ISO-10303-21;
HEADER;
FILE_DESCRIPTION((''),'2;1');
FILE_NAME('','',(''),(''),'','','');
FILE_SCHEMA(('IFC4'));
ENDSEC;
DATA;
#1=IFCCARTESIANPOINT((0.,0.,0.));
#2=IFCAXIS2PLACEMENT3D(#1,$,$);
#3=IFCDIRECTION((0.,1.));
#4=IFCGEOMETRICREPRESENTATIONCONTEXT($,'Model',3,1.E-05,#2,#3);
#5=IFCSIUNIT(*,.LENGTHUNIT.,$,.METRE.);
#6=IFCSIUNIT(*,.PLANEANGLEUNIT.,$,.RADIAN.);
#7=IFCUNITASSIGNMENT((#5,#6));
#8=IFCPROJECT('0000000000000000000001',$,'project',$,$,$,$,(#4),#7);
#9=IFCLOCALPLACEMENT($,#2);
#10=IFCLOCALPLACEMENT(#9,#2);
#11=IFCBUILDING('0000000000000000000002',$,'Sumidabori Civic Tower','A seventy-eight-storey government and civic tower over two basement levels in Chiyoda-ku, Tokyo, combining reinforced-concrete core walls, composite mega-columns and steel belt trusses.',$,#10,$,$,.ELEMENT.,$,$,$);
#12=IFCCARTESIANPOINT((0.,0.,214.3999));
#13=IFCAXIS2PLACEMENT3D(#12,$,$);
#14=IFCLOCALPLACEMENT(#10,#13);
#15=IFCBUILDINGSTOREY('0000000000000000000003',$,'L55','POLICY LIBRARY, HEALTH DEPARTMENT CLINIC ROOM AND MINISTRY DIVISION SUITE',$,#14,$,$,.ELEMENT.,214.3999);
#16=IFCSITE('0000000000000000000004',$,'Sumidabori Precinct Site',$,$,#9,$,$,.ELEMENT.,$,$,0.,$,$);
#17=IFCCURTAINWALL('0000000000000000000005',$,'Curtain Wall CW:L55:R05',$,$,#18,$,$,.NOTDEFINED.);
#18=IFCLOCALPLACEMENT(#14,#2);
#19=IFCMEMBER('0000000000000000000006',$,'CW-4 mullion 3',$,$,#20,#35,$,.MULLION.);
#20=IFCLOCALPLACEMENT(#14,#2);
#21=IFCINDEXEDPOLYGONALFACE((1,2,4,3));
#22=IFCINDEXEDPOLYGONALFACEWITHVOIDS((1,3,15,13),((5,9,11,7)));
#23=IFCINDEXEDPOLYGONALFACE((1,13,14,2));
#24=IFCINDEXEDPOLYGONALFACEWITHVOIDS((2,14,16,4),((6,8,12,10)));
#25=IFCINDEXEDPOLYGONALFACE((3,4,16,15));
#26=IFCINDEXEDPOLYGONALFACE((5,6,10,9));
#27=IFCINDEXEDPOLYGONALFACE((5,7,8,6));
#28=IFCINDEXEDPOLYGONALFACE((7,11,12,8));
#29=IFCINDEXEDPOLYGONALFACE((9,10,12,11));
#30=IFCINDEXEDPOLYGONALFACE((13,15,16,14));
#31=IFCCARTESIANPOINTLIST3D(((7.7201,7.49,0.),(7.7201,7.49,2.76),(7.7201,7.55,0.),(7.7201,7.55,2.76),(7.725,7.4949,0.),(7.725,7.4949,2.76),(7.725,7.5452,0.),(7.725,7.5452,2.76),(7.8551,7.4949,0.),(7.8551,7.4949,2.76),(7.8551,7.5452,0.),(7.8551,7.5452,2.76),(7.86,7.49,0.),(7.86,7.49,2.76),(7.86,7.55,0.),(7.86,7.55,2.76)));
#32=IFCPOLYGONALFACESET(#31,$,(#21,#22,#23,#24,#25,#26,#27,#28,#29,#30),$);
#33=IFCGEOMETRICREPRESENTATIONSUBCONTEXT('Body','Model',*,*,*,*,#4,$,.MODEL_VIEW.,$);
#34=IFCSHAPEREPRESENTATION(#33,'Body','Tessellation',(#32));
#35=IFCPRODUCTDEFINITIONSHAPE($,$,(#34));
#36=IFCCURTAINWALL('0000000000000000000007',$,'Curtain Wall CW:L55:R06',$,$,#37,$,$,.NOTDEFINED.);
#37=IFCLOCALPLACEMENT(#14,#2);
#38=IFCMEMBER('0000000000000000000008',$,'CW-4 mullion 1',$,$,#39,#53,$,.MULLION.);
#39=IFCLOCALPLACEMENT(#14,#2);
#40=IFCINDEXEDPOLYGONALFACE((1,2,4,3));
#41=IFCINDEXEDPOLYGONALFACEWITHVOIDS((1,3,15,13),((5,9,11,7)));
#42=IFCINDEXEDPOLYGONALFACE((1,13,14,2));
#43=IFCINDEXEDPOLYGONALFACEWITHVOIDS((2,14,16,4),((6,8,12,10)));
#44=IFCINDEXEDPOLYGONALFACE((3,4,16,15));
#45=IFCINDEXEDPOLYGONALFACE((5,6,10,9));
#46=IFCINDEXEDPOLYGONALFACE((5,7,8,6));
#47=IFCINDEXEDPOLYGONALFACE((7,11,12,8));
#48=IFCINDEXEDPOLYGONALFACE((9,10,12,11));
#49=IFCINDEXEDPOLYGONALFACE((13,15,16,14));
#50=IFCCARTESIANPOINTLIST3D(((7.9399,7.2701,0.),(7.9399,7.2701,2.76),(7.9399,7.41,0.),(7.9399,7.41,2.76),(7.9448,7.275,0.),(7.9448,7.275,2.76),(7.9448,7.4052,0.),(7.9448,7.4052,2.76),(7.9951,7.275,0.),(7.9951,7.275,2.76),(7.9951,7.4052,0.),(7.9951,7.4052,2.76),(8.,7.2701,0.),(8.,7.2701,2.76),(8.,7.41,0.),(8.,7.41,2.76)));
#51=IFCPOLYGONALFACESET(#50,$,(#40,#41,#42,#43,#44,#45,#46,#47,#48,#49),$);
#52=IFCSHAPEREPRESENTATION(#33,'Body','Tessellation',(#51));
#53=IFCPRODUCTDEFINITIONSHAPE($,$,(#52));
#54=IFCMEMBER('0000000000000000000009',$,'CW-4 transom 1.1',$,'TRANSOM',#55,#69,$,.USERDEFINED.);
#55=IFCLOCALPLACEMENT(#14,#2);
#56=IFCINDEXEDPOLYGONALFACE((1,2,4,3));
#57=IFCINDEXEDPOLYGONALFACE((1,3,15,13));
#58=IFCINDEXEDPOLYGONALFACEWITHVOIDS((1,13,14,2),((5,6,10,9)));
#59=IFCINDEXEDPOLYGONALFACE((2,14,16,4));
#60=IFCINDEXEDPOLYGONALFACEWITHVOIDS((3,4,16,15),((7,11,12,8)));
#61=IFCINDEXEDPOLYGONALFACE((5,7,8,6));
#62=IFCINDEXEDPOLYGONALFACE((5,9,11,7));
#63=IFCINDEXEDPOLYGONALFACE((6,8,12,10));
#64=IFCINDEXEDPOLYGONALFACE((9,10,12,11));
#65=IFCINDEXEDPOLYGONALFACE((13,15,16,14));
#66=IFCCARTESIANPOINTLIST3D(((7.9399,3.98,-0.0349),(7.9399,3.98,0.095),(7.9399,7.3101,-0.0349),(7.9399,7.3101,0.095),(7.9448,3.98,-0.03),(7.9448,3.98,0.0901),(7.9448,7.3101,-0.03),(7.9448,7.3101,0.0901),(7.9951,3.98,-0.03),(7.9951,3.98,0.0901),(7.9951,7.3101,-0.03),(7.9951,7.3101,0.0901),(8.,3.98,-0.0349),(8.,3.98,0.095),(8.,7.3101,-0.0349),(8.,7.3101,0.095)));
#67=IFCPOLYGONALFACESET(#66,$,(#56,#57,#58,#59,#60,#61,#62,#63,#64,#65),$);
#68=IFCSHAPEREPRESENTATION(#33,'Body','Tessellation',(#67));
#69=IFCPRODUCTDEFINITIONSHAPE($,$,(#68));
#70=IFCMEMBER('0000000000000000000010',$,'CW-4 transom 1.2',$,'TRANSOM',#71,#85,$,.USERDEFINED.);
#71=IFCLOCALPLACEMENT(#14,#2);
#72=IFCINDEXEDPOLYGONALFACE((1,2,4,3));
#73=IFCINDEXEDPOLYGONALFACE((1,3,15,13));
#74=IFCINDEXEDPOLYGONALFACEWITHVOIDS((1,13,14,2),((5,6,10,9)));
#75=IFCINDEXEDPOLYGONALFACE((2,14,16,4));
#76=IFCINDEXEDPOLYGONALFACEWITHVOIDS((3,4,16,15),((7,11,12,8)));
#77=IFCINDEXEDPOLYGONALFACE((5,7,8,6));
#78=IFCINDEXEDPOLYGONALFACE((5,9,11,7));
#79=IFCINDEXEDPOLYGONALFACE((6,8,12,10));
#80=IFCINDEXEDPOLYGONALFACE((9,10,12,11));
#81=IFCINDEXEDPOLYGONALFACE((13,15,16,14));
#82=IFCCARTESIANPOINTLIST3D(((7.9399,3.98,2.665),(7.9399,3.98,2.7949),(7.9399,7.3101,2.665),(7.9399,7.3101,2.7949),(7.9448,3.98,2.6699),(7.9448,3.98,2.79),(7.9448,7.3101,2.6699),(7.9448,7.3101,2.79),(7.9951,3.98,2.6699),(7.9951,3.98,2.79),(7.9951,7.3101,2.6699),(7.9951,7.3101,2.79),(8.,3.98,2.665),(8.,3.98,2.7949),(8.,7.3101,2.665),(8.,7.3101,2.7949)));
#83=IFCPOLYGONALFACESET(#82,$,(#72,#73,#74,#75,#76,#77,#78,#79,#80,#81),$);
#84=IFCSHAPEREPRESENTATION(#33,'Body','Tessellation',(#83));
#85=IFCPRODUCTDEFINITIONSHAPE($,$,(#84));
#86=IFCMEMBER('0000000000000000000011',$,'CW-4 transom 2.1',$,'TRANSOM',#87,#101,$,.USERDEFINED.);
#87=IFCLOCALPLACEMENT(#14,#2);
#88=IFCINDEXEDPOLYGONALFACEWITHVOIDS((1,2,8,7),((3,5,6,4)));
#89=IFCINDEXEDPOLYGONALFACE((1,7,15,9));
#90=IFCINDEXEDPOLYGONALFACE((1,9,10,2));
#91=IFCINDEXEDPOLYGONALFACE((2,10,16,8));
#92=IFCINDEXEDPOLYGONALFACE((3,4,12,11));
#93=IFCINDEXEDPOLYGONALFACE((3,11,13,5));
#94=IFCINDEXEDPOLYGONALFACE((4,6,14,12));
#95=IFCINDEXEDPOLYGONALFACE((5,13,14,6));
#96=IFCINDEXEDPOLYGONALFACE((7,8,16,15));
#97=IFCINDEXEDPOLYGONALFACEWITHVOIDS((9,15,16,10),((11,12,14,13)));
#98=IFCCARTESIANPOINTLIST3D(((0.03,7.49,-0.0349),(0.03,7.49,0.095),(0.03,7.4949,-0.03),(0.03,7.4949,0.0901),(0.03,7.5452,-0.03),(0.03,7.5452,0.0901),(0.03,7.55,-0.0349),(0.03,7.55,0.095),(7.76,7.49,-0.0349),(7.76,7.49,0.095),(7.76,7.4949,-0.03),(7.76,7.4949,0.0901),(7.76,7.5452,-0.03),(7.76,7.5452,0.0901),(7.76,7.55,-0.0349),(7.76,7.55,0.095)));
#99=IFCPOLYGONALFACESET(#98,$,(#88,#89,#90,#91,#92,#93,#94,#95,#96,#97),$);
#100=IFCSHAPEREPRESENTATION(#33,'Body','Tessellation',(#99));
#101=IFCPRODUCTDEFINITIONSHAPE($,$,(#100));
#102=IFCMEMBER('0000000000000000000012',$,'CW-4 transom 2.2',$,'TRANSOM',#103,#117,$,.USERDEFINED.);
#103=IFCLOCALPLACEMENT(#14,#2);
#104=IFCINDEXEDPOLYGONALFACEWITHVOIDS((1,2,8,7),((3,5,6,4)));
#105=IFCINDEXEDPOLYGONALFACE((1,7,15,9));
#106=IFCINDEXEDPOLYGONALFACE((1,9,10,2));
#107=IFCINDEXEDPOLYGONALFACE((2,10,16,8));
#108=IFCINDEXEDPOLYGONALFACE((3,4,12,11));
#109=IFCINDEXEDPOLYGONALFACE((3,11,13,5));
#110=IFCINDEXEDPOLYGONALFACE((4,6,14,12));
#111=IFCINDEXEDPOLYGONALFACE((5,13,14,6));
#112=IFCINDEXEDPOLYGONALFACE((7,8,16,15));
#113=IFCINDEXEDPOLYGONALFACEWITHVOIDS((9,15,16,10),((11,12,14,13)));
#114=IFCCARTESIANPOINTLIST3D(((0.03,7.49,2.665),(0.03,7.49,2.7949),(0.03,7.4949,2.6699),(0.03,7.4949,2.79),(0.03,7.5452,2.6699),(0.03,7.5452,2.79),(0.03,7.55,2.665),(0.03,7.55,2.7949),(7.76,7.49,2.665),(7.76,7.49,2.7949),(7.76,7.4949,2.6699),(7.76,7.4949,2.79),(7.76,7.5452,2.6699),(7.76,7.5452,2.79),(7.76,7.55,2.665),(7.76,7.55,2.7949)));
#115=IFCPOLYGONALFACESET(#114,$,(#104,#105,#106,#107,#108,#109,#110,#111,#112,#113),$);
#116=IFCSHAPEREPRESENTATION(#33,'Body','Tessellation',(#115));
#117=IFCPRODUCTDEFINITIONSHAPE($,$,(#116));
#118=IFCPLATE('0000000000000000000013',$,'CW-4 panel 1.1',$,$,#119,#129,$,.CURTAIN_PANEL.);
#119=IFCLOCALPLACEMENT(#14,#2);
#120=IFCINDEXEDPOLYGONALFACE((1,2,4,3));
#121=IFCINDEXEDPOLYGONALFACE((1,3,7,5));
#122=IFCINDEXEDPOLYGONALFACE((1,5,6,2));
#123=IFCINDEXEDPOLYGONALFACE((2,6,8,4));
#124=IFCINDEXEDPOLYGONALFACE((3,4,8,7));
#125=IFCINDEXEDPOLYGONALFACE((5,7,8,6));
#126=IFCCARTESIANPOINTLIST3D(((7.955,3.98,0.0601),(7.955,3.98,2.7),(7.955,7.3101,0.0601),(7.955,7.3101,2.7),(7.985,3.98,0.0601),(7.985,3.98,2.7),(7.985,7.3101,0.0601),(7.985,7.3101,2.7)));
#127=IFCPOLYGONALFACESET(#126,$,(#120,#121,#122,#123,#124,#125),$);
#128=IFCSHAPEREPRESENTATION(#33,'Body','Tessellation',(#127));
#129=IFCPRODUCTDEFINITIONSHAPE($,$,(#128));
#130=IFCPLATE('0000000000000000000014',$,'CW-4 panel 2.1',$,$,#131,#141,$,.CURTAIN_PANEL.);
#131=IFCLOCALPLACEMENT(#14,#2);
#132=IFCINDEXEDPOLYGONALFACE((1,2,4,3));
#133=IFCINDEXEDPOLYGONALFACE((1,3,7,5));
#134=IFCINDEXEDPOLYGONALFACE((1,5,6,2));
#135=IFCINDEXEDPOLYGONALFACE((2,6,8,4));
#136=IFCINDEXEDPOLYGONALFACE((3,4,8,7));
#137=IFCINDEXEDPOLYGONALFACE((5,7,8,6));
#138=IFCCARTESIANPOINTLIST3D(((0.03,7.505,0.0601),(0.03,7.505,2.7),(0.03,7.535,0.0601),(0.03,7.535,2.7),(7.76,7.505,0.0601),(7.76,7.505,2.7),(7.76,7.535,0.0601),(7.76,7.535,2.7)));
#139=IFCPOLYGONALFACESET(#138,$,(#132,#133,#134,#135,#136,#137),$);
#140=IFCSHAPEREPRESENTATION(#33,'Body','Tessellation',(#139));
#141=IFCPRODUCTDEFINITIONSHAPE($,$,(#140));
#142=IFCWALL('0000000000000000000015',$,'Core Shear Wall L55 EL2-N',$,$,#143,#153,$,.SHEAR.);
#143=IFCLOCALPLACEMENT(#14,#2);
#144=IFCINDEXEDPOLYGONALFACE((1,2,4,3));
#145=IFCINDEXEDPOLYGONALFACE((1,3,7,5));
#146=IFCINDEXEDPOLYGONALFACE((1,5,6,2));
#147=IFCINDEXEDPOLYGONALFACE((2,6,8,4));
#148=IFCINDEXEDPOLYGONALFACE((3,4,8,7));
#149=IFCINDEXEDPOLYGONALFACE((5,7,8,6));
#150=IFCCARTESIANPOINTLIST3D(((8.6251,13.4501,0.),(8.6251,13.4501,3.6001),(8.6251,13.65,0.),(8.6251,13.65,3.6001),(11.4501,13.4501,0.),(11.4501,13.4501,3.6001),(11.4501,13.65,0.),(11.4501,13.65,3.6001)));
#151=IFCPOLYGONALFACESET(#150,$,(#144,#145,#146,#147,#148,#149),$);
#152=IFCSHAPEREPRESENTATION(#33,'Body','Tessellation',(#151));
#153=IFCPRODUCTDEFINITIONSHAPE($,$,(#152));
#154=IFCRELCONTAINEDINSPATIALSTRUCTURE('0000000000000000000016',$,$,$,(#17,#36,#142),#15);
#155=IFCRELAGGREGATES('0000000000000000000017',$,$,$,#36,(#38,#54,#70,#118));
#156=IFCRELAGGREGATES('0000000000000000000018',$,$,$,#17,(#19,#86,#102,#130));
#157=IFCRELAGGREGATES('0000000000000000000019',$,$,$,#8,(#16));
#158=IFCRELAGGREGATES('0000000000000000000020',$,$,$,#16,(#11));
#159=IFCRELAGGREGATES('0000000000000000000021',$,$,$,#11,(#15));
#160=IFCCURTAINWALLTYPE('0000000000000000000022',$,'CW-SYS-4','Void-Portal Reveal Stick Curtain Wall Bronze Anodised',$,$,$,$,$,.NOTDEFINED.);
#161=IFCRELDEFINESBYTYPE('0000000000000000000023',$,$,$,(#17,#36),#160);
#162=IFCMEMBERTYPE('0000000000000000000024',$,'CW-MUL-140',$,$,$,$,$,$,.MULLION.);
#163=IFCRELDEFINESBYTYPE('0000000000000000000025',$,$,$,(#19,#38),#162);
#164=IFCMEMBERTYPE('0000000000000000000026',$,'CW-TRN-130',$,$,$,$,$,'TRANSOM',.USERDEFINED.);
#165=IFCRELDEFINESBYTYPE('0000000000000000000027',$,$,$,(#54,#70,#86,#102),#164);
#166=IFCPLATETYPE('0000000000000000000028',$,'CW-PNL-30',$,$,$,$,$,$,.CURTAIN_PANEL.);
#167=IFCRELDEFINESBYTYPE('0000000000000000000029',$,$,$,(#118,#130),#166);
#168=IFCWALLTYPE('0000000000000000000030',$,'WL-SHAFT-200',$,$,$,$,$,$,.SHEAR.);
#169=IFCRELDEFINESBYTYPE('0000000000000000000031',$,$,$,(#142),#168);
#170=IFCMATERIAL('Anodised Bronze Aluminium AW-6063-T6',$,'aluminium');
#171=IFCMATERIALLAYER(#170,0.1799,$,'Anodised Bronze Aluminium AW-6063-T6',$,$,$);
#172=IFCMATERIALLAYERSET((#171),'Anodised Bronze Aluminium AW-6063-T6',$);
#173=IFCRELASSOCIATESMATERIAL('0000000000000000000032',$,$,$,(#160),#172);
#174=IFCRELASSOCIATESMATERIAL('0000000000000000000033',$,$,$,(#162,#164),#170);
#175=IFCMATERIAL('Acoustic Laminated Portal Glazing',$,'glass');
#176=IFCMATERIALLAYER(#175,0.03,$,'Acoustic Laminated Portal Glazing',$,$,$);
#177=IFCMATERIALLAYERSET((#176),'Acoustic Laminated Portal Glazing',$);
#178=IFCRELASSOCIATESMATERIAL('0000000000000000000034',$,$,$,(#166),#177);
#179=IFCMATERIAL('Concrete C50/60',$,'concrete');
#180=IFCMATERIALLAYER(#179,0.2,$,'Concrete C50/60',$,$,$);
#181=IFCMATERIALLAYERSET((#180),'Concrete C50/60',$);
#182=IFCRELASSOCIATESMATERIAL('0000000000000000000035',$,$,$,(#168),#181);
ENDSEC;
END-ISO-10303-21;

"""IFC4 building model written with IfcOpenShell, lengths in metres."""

from ifc_helpers import new_model, si_unit, direction, frame, frame_2d, origin, origin_2d, place, context, subcontext, project, spatial, rectangle, hollow_rectangle, extrude, source, transform, mapped, material, layer, layer_set, material_profile, profile_set, type_object, element, aggregate, save


model = new_model("IFC4")

# Units and contexts
model_context = context("Model", 3, precision=1e-05, world=origin(), true_north=direction((0.0, 1.0)))
body_context = subcontext(model_context, "Body", "Model", "MODEL_VIEW")
ifc_project = project(units=[si_unit("LENGTHUNIT", "METRE"), si_unit("PLANEANGLEUNIT", "RADIAN")], contexts=[model_context])

# Site, building, storey
site_placement = place(None, origin())
site = spatial("IfcSite", under=ifc_project, at=site_placement, Name="Sumidabori Precinct Site", CompositionType="ELEMENT", RefElevation=0.0)
building_placement = place(site_placement, origin())
building = spatial("IfcBuilding", under=site, at=building_placement, Name="Sumidabori Civic Tower", Description="A seventy-eight-storey government and civic tower over two basement levels in Chiyoda-ku, Tokyo, combining reinforced-concrete core walls, composite mega-columns and steel belt trusses.", CompositionType="ELEMENT")
storey_placement = place(building_placement, frame((0.0, 0.0, 214.3999)))
storey = spatial("IfcBuildingStorey", under=building, at=storey_placement, Name="L55", Description="POLICY LIBRARY, HEALTH DEPARTMENT CLINIC ROOM AND MINISTRY DIVISION SUITE", CompositionType="ELEMENT", Elevation=214.3999)

# Curtain wall, member
ifc_material_1 = material(Name="Anodised Bronze Aluminium AW-6063-T6", Category="aluminium")
ifc_layer_1 = layer(ifc_material_1, 0.1799, Name="Anodised Bronze Aluminium AW-6063-T6")
ifc_layer_set_1 = layer_set([ifc_layer_1], Name="Anodised Bronze Aluminium AW-6063-T6")
curtain_wall_type = type_object("IfcCurtainWallType", Name="CW-SYS-4", Description="Void-Portal Reveal Stick Curtain Wall Bronze Anodised", PredefinedType="NOTDEFINED", material=ifc_layer_set_1)
curtain_wall_1_placement = place(storey_placement, origin())
curtain_wall_1 = element("IfcCurtainWall", 1, at=curtain_wall_1_placement, inside=storey, type_object=curtain_wall_type, Name="Curtain Wall CW:L55:R05", PredefinedType="NOTDEFINED")
ifc_material_profile_1 = material_profile(ifc_material_1, hollow_rectangle(XDim=0.0601, YDim=0.1399, WallThickness=0.0049, at=origin_2d()), Name="ALU MULLION 140x60")
ifc_profile_set_1 = profile_set([ifc_material_profile_1], Name="Anodised Bronze Aluminium AW-6063-T6")
member_type_1 = type_object("IfcMemberType", Name="CW-MUL-140", PredefinedType="MULLION", material=ifc_profile_set_1)
shared_shape_1 = source(origin(), body_context, "Body", "SweptSolid", [
    extrude(hollow_rectangle(XDim=0.0601, YDim=0.1399, WallThickness=0.0049, at=origin_2d()), origin(), (0.0, 0.0, 1.0), 2.76),
])
member_1_placement = place(storey_placement, frame((7.79, 7.52, 0.0), z_axis=(0.0, 0.0, 1.0), x_axis=(0.0, 1.0, 0.0)))
member_1 = element("IfcMember", 2, at=member_1_placement, type_object=member_type_1, Name="CW-4 mullion 3", PredefinedType="MULLION", context=body_context, shape_type="MappedRepresentation", body=[
    mapped(shared_shape_1, transform((0.0, 0.0, 0.0), x_axis=(1.0, 0.0, 0.0), y_axis=(0.0, 1.0, 0.0), z_axis=(0.0, 0.0, 1.0), scale=1.0)),
])

# Curtain wall, members
curtain_wall_2_placement = place(storey_placement, origin())
curtain_wall_2 = element("IfcCurtainWall", 3, at=curtain_wall_2_placement, inside=storey, type_object=curtain_wall_type, Name="Curtain Wall CW:L55:R06", PredefinedType="NOTDEFINED")
member_2_placement = place(storey_placement, frame((7.97, 7.3401, 0.0), z_axis=(0.0, 0.0, 1.0), x_axis=(1.0, 0.0, 0.0)))
member_2 = element("IfcMember", 4, at=member_2_placement, type_object=member_type_1, Name="CW-4 mullion 1", PredefinedType="MULLION", context=body_context, shape_type="MappedRepresentation", body=[
    mapped(shared_shape_1, transform((0.0, 0.0, 0.0), x_axis=(1.0, 0.0, 0.0), y_axis=(0.0, 1.0, 0.0), z_axis=(0.0, 0.0, 1.0), scale=1.0)),
])
ifc_material_profile_2 = material_profile(ifc_material_1, hollow_rectangle(XDim=0.0601, YDim=0.1299, WallThickness=0.0049, at=origin_2d()), Name="ALU TRANSOM 130x60")
ifc_profile_set_2 = profile_set([ifc_material_profile_2], Name="Anodised Bronze Aluminium AW-6063-T6")
member_type_2 = type_object("IfcMemberType", Name="CW-TRN-130", ElementType="TRANSOM", PredefinedType="USERDEFINED", material=ifc_profile_set_2)
shared_shape_2 = source(origin(), body_context, "Body", "SweptSolid", [
    extrude(hollow_rectangle(XDim=0.0601, YDim=0.1299, WallThickness=0.0049, at=origin_2d()), origin(), (0.0, 0.0, 1.0), 3.3301),
])
member_3_placement = place(storey_placement, frame((7.97, 7.3101, 0.03), z_axis=(0.0, -1.0, 0.0), x_axis=(1.0, 0.0, 0.0)))
member_3 = element("IfcMember", 5, at=member_3_placement, type_object=member_type_2, Name="CW-4 transom 1.1", ObjectType="TRANSOM", PredefinedType="USERDEFINED", context=body_context, shape_type="MappedRepresentation", body=[
    mapped(shared_shape_2, transform((0.0, 0.0, 0.0), x_axis=(1.0, 0.0, 0.0), y_axis=(0.0, 1.0, 0.0), z_axis=(0.0, 0.0, 1.0), scale=1.0)),
])
member_4_placement = place(storey_placement, frame((7.97, 7.3101, 2.73), z_axis=(0.0, -1.0, 0.0), x_axis=(1.0, 0.0, 0.0)))
member_4 = element("IfcMember", 6, at=member_4_placement, type_object=member_type_2, Name="CW-4 transom 1.2", ObjectType="TRANSOM", PredefinedType="USERDEFINED", context=body_context, shape_type="MappedRepresentation", body=[
    mapped(shared_shape_2, transform((0.0, 0.0, 0.0), x_axis=(1.0, 0.0, 0.0), y_axis=(0.0, 1.0, 0.0), z_axis=(0.0, 0.0, 1.0), scale=1.0)),
])

# Members
shared_shape_3 = source(origin(), body_context, "Body", "SweptSolid", [
    extrude(hollow_rectangle(XDim=0.0601, YDim=0.1299, WallThickness=0.0049, at=origin_2d()), origin(), (0.0, 0.0, 1.0), 7.73),
])
member_5_placement = place(storey_placement, frame((0.03, 7.52, 0.03), z_axis=(1.0, 0.0, 0.0), x_axis=(0.0, 1.0, 0.0)))
member_5 = element("IfcMember", 7, at=member_5_placement, type_object=member_type_2, Name="CW-4 transom 2.1", ObjectType="TRANSOM", PredefinedType="USERDEFINED", context=body_context, shape_type="MappedRepresentation", body=[
    mapped(shared_shape_3, transform((0.0, 0.0, 0.0), x_axis=(1.0, 0.0, 0.0), y_axis=(0.0, 1.0, 0.0), z_axis=(0.0, 0.0, 1.0), scale=1.0)),
])
member_6_placement = place(storey_placement, frame((0.03, 7.52, 2.73), z_axis=(1.0, 0.0, 0.0), x_axis=(0.0, 1.0, 0.0)))
member_6 = element("IfcMember", 8, at=member_6_placement, type_object=member_type_2, Name="CW-4 transom 2.2", ObjectType="TRANSOM", PredefinedType="USERDEFINED", context=body_context, shape_type="MappedRepresentation", body=[
    mapped(shared_shape_3, transform((0.0, 0.0, 0.0), x_axis=(1.0, 0.0, 0.0), y_axis=(0.0, 1.0, 0.0), z_axis=(0.0, 0.0, 1.0), scale=1.0)),
])

# Plates
ifc_material_2 = material(Name="Acoustic Laminated Portal Glazing", Category="glass")
ifc_layer_2 = layer(ifc_material_2, 0.03, Name="Acoustic Laminated Portal Glazing")
ifc_layer_set_2 = layer_set([ifc_layer_2], Name="Acoustic Laminated Portal Glazing")
plate_type = type_object("IfcPlateType", Name="CW-PNL-30", PredefinedType="CURTAIN_PANEL", material=ifc_layer_set_2)
shared_shape_4 = source(origin(), body_context, "Body", "SweptSolid", [
    extrude(rectangle(XDim=3.3301, YDim=0.03, at=origin_2d()), origin(), (0.0, 0.0, 1.0), 2.6399),
])
plate_1_placement = place(storey_placement, frame((7.97, 5.645, 0.0601), z_axis=(0.0, 0.0, 1.0), x_axis=(0.0, -1.0, 0.0)))
plate_1 = element("IfcPlate", 9, at=plate_1_placement, type_object=plate_type, Name="CW-4 panel 1.1", PredefinedType="CURTAIN_PANEL", context=body_context, shape_type="MappedRepresentation", body=[
    mapped(shared_shape_4, transform((0.0, 0.0, 0.0), x_axis=(1.0, 0.0, 0.0), y_axis=(0.0, 1.0, 0.0), z_axis=(0.0, 0.0, 1.0), scale=1.0)),
])
aggregate(curtain_wall_2, [member_2, member_3, member_4, plate_1])
shared_shape_5 = source(origin(), body_context, "Body", "SweptSolid", [
    extrude(rectangle(XDim=7.73, YDim=0.03, at=origin_2d()), origin(), (0.0, 0.0, 1.0), 2.6399),
])
plate_2_placement = place(storey_placement, frame((3.895, 7.52, 0.0601), z_axis=(0.0, 0.0, 1.0), x_axis=(1.0, 0.0, 0.0)))
plate_2 = element("IfcPlate", 10, at=plate_2_placement, type_object=plate_type, Name="CW-4 panel 2.1", PredefinedType="CURTAIN_PANEL", context=body_context, shape_type="MappedRepresentation", body=[
    mapped(shared_shape_5, transform((0.0, 0.0, 0.0), x_axis=(1.0, 0.0, 0.0), y_axis=(0.0, 1.0, 0.0), z_axis=(0.0, 0.0, 1.0), scale=1.0)),
])
aggregate(curtain_wall_1, [member_1, member_5, member_6, plate_2])

# Wall
ifc_material_3 = material(Name="Concrete C50/60", Category="concrete")
ifc_layer_3 = layer(ifc_material_3, 0.2, Name="Concrete C50/60")
ifc_layer_set_3 = layer_set([ifc_layer_3], Name="Concrete C50/60")
wall_type_1 = type_object("IfcWallType", Name="WL-SHAFT-200", PredefinedType="SHEAR", material=ifc_layer_set_3)
shared_shape_6 = source(origin(), body_context, "Body", "SweptSolid", [
    extrude(rectangle(XDim=2.825, YDim=0.2, at=frame_2d((1.4126, 0.0))), origin(), (0.0, 0.0, 1.0), 3.6001),
])
wall_1_placement = place(storey_placement, frame((8.625, 13.55, 0.0), z_axis=(0.0, 0.0, 1.0), x_axis=(1.0, 0.0, 0.0)))
element("IfcWall", 11, at=wall_1_placement, inside=storey, type_object=wall_type_1, Name="Core Shear Wall L55 EL2-N", PredefinedType="SHEAR", context=body_context, shape_type="MappedRepresentation", body=[
    mapped(shared_shape_6, transform((0.0, 0.0, 0.0), x_axis=(1.0, 0.0, 0.0), y_axis=(0.0, 1.0, 0.0), z_axis=(0.0, 0.0, 1.0), scale=1.0)),
])

save(model, "model.ifc")
